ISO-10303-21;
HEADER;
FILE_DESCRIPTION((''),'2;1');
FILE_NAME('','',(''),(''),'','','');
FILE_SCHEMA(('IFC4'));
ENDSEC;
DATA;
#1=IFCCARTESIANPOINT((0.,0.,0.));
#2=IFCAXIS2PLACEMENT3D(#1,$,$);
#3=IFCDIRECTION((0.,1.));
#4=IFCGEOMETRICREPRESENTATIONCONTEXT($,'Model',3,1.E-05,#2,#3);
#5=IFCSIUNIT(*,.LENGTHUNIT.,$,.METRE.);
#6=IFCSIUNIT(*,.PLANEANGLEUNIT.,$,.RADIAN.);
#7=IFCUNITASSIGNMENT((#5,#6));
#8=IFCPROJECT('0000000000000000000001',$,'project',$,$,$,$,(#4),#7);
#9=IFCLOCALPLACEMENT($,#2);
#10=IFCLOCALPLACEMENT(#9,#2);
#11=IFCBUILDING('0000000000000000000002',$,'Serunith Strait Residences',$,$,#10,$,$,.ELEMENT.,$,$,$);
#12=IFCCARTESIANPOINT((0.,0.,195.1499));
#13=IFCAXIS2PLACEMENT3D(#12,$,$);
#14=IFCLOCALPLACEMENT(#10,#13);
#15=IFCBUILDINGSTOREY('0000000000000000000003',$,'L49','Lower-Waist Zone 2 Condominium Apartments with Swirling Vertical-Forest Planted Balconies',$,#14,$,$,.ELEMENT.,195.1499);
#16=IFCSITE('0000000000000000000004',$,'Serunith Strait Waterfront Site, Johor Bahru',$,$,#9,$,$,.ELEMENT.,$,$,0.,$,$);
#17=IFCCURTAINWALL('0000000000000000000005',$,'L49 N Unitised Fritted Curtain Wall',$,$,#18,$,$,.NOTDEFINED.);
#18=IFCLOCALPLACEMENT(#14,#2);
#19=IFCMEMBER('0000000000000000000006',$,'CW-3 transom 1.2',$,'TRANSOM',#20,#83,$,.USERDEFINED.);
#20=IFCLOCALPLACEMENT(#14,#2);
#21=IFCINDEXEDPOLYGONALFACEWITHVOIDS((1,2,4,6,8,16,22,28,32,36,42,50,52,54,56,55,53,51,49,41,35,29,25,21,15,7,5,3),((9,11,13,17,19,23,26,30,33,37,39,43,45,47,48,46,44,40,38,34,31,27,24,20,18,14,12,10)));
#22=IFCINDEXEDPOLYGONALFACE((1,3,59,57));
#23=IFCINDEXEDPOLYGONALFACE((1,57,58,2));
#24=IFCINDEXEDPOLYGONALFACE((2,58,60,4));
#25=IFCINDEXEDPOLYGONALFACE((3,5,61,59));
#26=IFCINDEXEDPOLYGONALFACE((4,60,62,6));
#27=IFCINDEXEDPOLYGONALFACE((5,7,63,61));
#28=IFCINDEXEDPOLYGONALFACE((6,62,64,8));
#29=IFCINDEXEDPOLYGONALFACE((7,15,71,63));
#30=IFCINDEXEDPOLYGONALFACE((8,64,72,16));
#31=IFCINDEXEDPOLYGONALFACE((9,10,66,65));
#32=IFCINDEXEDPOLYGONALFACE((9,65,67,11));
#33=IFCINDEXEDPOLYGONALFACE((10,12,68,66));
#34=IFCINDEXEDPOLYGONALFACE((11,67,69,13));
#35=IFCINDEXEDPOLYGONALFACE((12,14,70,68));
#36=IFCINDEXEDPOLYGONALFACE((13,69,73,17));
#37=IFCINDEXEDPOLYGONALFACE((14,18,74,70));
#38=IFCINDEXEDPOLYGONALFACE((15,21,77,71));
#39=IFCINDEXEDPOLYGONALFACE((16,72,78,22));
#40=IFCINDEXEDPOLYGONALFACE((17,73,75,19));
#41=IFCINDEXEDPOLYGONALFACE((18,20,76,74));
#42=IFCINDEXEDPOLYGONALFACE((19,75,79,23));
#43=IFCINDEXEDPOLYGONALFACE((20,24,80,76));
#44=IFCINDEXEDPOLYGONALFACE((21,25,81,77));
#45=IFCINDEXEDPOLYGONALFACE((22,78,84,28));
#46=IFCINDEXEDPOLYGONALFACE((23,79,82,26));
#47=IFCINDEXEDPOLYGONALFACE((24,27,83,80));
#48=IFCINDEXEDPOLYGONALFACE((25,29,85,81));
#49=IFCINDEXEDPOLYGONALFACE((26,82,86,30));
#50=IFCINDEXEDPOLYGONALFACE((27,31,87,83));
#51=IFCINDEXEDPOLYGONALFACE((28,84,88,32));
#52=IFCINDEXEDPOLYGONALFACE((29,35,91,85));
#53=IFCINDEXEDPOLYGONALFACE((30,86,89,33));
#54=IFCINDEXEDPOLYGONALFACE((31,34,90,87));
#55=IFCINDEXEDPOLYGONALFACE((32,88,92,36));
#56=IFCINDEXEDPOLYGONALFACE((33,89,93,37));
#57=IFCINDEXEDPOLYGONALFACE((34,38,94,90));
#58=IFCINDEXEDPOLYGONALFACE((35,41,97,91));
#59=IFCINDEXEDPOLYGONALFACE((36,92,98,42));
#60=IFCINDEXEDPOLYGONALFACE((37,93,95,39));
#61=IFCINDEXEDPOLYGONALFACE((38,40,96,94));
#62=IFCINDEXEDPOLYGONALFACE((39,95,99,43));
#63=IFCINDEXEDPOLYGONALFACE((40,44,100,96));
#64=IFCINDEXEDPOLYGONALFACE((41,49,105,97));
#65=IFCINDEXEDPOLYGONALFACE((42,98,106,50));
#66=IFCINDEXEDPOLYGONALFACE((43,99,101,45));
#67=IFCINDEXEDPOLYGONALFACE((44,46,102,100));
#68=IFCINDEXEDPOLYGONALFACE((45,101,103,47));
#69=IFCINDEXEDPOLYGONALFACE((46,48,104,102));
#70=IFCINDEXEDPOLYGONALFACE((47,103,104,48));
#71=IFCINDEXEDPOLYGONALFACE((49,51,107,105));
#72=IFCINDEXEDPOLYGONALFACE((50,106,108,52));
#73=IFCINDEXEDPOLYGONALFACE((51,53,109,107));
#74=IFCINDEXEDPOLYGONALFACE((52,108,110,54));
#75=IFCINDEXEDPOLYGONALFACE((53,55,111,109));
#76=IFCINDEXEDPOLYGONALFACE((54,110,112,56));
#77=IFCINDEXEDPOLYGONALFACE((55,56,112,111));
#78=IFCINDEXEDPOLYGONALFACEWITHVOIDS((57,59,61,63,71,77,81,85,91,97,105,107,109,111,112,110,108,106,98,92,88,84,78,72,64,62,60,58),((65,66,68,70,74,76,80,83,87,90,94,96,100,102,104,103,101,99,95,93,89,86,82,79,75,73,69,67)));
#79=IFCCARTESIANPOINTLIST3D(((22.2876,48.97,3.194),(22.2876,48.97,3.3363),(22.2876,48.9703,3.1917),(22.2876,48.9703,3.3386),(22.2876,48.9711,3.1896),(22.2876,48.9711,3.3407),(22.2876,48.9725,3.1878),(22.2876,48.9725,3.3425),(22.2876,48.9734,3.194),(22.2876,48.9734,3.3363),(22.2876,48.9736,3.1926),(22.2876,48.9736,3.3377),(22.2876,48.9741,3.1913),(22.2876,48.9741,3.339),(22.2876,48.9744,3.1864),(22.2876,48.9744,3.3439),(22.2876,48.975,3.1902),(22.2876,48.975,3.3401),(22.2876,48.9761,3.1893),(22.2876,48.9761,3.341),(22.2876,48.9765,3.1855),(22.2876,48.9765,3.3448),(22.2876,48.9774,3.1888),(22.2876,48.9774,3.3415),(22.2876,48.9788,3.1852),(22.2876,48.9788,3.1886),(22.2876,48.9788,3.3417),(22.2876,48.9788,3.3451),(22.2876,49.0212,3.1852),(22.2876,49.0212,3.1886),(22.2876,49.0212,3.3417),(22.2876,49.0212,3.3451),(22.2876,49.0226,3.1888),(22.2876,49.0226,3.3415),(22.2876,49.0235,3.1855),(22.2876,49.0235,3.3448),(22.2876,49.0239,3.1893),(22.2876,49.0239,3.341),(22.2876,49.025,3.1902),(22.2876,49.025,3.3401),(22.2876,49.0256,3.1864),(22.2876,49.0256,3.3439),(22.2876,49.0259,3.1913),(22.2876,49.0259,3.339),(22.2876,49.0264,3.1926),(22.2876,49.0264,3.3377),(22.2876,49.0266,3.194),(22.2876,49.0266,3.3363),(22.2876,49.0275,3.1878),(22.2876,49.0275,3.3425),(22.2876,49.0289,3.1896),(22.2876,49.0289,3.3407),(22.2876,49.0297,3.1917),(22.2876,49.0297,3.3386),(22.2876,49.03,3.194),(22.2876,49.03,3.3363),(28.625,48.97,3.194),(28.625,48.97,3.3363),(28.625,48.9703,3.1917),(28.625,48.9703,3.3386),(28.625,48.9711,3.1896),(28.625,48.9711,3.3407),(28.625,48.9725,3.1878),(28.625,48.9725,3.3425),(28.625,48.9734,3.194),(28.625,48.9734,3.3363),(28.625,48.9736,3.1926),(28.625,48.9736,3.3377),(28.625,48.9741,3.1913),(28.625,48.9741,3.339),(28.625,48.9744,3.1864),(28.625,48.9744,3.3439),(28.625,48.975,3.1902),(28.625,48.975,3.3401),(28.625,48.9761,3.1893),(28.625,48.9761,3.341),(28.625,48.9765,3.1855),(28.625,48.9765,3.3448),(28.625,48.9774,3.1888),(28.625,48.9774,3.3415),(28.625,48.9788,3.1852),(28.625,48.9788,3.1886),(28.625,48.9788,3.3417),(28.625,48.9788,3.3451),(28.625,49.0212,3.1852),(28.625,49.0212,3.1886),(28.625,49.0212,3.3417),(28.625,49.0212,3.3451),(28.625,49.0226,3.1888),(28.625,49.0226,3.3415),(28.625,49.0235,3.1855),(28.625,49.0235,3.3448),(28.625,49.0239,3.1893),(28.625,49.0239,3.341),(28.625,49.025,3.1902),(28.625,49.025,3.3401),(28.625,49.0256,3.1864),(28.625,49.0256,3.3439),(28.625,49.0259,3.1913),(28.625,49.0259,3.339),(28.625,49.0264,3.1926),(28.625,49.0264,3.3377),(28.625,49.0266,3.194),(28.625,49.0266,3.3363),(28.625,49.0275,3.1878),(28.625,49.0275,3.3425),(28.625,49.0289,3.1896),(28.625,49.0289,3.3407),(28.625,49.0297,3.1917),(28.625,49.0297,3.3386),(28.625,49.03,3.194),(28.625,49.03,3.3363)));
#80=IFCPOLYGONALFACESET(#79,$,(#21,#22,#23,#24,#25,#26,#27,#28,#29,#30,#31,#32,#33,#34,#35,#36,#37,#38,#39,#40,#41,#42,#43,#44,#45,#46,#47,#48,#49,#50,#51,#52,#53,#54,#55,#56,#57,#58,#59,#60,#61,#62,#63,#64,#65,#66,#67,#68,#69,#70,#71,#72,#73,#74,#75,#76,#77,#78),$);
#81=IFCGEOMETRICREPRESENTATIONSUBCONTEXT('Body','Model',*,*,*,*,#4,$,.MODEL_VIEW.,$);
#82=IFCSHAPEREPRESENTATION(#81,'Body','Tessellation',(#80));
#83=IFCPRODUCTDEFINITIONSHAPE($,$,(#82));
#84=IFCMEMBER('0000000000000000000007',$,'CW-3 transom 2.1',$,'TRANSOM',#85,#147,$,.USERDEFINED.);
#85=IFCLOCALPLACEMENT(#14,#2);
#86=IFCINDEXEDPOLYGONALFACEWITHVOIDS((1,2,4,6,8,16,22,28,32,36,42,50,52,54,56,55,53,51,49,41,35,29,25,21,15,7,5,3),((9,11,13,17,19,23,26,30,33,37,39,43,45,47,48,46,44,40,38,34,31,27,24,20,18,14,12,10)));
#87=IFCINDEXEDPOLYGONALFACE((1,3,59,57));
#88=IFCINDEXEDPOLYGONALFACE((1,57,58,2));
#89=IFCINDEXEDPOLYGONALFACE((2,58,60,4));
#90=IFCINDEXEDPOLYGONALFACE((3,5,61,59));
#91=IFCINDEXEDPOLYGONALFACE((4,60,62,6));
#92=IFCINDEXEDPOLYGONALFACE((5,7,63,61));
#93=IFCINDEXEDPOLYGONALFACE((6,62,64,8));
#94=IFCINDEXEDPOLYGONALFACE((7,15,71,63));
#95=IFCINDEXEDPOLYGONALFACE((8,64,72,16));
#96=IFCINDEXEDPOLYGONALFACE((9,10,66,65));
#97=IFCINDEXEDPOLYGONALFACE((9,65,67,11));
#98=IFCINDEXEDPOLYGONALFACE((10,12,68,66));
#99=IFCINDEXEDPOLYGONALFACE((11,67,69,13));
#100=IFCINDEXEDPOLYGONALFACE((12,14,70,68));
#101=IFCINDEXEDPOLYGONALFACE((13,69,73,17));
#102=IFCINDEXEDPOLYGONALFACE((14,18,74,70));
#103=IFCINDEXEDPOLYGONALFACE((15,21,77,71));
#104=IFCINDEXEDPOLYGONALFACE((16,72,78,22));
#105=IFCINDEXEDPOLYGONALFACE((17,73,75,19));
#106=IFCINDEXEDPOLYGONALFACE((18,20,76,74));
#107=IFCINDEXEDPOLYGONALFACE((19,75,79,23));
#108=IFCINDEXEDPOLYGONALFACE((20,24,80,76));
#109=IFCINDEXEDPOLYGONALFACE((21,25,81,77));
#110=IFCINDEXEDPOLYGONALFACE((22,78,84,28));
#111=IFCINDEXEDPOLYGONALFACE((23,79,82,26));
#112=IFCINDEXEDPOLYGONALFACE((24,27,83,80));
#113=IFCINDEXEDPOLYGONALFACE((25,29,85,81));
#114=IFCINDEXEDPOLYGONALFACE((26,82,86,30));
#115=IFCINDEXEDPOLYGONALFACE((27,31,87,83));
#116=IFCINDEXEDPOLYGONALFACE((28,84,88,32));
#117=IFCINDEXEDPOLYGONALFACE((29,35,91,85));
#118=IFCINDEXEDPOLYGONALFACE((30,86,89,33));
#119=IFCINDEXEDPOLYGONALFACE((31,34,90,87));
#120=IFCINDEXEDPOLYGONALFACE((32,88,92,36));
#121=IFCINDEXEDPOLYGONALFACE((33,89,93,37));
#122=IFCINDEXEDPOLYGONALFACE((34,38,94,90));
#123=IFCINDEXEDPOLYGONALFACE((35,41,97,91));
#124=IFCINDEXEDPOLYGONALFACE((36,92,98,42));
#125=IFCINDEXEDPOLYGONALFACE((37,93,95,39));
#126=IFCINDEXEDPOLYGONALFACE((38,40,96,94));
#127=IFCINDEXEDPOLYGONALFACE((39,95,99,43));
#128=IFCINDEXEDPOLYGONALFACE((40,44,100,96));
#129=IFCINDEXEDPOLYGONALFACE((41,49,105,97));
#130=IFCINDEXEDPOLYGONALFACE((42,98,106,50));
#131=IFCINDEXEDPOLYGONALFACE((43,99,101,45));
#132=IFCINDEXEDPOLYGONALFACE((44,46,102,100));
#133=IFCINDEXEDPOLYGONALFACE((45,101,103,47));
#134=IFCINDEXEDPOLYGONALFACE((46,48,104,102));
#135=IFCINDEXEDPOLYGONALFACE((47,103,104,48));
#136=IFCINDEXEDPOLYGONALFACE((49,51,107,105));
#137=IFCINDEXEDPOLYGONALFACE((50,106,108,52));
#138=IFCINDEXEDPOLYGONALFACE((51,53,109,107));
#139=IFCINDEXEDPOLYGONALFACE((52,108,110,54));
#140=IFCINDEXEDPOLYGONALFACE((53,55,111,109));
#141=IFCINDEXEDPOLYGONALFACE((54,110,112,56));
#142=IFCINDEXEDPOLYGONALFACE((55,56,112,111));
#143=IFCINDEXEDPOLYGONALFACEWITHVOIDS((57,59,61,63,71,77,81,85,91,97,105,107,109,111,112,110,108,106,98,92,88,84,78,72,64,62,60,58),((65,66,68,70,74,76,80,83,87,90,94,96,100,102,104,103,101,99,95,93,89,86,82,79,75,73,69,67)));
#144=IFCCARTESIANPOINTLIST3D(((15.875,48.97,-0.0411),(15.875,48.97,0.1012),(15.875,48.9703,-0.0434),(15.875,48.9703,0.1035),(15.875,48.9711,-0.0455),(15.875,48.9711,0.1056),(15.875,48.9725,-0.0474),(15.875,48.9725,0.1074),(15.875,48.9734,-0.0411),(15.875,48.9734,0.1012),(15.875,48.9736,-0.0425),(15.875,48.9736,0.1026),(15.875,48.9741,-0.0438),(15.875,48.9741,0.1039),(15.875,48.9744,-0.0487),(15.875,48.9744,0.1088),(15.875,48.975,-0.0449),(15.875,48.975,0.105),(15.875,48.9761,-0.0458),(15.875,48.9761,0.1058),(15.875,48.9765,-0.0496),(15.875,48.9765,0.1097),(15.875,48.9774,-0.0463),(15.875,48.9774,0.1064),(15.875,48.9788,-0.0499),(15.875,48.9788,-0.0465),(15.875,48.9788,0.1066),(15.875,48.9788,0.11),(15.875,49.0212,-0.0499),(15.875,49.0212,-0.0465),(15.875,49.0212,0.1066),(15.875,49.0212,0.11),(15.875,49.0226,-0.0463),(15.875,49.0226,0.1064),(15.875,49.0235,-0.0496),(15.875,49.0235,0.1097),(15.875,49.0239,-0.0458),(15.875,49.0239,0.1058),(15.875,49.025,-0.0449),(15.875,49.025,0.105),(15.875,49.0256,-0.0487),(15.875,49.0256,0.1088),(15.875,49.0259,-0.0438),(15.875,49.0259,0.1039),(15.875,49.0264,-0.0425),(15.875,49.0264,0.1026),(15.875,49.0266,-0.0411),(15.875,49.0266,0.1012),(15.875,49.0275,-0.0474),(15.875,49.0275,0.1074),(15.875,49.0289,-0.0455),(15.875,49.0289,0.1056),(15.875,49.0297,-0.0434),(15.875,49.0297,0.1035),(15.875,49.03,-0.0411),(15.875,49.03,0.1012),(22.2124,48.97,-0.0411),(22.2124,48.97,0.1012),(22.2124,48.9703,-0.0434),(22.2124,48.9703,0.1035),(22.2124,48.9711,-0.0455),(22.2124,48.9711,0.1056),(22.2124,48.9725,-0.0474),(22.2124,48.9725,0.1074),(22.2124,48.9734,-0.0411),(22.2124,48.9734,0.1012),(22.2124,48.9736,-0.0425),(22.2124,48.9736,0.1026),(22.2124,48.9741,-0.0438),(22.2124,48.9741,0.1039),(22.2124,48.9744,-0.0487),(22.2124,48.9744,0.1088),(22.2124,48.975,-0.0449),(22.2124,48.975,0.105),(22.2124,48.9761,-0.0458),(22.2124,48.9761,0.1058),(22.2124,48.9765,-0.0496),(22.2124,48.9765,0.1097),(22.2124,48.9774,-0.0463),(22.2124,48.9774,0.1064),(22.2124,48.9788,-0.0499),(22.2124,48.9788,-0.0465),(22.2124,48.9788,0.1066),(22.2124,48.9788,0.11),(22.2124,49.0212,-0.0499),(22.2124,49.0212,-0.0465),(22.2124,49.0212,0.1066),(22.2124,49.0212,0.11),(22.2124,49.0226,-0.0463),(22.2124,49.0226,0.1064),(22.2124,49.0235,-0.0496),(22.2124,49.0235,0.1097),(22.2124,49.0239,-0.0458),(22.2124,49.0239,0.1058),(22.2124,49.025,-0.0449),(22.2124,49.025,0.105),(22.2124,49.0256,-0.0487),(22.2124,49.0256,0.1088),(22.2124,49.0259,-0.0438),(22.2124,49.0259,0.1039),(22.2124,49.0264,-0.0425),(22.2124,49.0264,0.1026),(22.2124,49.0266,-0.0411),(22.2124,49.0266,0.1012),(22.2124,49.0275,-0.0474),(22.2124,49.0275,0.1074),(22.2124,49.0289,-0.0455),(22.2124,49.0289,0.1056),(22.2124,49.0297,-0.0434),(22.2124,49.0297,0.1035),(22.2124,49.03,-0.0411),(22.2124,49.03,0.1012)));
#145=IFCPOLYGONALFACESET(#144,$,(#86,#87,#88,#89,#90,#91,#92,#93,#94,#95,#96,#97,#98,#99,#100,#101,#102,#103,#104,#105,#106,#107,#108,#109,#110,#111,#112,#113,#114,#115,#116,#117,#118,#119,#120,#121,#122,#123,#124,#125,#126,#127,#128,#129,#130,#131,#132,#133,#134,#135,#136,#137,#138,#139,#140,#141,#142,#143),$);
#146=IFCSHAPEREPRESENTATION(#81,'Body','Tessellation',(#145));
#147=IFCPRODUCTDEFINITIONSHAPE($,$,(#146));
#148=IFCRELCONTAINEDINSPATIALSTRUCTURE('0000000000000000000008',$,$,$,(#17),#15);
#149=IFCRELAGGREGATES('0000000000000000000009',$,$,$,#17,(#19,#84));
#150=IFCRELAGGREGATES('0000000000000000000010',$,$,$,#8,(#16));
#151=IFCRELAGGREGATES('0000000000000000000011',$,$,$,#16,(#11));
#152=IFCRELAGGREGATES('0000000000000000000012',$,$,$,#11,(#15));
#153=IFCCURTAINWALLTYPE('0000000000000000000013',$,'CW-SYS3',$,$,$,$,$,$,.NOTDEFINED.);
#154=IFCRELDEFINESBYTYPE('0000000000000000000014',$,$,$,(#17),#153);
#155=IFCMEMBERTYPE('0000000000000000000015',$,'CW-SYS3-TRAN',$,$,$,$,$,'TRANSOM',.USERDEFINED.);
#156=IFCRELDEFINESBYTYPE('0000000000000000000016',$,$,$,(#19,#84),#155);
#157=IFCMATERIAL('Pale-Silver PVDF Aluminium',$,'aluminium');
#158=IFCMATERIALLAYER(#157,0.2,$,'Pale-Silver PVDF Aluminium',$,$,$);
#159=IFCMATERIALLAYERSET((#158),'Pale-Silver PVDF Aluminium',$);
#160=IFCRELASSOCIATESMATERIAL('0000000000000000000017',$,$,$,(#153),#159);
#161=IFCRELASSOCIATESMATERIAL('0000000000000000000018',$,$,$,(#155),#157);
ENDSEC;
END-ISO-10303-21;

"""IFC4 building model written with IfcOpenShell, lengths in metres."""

from ifc_helpers import new_model, si_unit, direction, frame, origin, origin_2d, place, context, subcontext, project, spatial, hollow_rectangle, extrude, source, transform, mapped, material, layer, layer_set, material_profile, profile_set, type_object, element, aggregate, save


model = new_model("IFC4")

# Units and contexts
model_context = context("Model", 3, precision=1e-05, world=origin(), true_north=direction((0.0, 1.0)))
body_context = subcontext(model_context, "Body", "Model", "MODEL_VIEW")
ifc_project = project(units=[si_unit("LENGTHUNIT", "METRE"), si_unit("PLANEANGLEUNIT", "RADIAN")], contexts=[model_context])

# Site, building, storey
site_placement = place(None, origin())
site = spatial("IfcSite", under=ifc_project, at=site_placement, Name="Serunith Strait Waterfront Site, Johor Bahru", CompositionType="ELEMENT", RefElevation=0.0)
building_placement = place(site_placement, origin())
building = spatial("IfcBuilding", under=site, at=building_placement, Name="Serunith Strait Residences", CompositionType="ELEMENT")
storey_placement = place(building_placement, frame((0.0, 0.0, 195.1499)))
storey = spatial("IfcBuildingStorey", under=building, at=storey_placement, Name="L49", Description="Lower-Waist Zone 2 Condominium Apartments with Swirling Vertical-Forest Planted Balconies", CompositionType="ELEMENT", Elevation=195.1499)

# Shared definitions
ifc_material_1 = material(Name="Pale-Silver PVDF Aluminium", Category="aluminium")
ifc_layer_1 = layer(ifc_material_1, 0.2, Name="Pale-Silver PVDF Aluminium")
ifc_layer_set_1 = layer_set([ifc_layer_1], Name="Pale-Silver PVDF Aluminium")
curtain_wall_type = type_object("IfcCurtainWallType", Name="CW-SYS3", PredefinedType="NOTDEFINED", material=ifc_layer_set_1)

# Curtain wall, members
curtain_wall_1_placement = place(storey_placement, origin())
curtain_wall_1 = element("IfcCurtainWall", 1, at=curtain_wall_1_placement, inside=storey, type_object=curtain_wall_type, Name="L49 N Unitised Fritted Curtain Wall", PredefinedType="NOTDEFINED")
ifc_material_profile_1 = material_profile(ifc_material_1, hollow_rectangle(XDim=0.0601, YDim=0.1599, WallThickness=0.0034, InnerFilletRadius=0.0054, OuterFilletRadius=0.0088, at=origin_2d()), Name="ALU 160x60x3.5")
ifc_profile_set_1 = profile_set([ifc_material_profile_1], Name="Pale-Silver PVDF Aluminium")
member_type_1 = type_object("IfcMemberType", Name="CW-SYS3-TRAN", ElementType="TRANSOM", PredefinedType="USERDEFINED", material=ifc_profile_set_1)
shared_shape_1 = source(origin(), body_context, "Body", "SweptSolid", [
    extrude(hollow_rectangle(XDim=0.0601, YDim=0.1599, WallThickness=0.0034, InnerFilletRadius=0.0054, OuterFilletRadius=0.0088, at=origin_2d()), origin(), (0.0, 0.0, 1.0), 6.3374),
])
member_1_placement = place(storey_placement, frame((28.625, 49.0, 3.2651), z_axis=(-1.0, 0.0, 0.0), x_axis=(0.0, -1.0, 0.0)))
member_1 = element("IfcMember", 2, at=member_1_placement, type_object=member_type_1, Name="CW-3 transom 1.2", ObjectType="TRANSOM", PredefinedType="USERDEFINED", context=body_context, shape_type="MappedRepresentation", body=[
    mapped(shared_shape_1, transform((0.0, 0.0, 0.0), scale=1.0)),
])
member_2_placement = place(storey_placement, frame((22.2124, 49.0, 0.03), z_axis=(-1.0, 0.0, 0.0), x_axis=(0.0, -1.0, 0.0)))
member_2 = element("IfcMember", 3, at=member_2_placement, type_object=member_type_1, Name="CW-3 transom 2.1", ObjectType="TRANSOM", PredefinedType="USERDEFINED", context=body_context, shape_type="MappedRepresentation", body=[
    mapped(shared_shape_1, transform((0.0, 0.0, 0.0), scale=1.0)),
])
aggregate(curtain_wall_1, [member_1, member_2])

save(model, "model.ifc")
